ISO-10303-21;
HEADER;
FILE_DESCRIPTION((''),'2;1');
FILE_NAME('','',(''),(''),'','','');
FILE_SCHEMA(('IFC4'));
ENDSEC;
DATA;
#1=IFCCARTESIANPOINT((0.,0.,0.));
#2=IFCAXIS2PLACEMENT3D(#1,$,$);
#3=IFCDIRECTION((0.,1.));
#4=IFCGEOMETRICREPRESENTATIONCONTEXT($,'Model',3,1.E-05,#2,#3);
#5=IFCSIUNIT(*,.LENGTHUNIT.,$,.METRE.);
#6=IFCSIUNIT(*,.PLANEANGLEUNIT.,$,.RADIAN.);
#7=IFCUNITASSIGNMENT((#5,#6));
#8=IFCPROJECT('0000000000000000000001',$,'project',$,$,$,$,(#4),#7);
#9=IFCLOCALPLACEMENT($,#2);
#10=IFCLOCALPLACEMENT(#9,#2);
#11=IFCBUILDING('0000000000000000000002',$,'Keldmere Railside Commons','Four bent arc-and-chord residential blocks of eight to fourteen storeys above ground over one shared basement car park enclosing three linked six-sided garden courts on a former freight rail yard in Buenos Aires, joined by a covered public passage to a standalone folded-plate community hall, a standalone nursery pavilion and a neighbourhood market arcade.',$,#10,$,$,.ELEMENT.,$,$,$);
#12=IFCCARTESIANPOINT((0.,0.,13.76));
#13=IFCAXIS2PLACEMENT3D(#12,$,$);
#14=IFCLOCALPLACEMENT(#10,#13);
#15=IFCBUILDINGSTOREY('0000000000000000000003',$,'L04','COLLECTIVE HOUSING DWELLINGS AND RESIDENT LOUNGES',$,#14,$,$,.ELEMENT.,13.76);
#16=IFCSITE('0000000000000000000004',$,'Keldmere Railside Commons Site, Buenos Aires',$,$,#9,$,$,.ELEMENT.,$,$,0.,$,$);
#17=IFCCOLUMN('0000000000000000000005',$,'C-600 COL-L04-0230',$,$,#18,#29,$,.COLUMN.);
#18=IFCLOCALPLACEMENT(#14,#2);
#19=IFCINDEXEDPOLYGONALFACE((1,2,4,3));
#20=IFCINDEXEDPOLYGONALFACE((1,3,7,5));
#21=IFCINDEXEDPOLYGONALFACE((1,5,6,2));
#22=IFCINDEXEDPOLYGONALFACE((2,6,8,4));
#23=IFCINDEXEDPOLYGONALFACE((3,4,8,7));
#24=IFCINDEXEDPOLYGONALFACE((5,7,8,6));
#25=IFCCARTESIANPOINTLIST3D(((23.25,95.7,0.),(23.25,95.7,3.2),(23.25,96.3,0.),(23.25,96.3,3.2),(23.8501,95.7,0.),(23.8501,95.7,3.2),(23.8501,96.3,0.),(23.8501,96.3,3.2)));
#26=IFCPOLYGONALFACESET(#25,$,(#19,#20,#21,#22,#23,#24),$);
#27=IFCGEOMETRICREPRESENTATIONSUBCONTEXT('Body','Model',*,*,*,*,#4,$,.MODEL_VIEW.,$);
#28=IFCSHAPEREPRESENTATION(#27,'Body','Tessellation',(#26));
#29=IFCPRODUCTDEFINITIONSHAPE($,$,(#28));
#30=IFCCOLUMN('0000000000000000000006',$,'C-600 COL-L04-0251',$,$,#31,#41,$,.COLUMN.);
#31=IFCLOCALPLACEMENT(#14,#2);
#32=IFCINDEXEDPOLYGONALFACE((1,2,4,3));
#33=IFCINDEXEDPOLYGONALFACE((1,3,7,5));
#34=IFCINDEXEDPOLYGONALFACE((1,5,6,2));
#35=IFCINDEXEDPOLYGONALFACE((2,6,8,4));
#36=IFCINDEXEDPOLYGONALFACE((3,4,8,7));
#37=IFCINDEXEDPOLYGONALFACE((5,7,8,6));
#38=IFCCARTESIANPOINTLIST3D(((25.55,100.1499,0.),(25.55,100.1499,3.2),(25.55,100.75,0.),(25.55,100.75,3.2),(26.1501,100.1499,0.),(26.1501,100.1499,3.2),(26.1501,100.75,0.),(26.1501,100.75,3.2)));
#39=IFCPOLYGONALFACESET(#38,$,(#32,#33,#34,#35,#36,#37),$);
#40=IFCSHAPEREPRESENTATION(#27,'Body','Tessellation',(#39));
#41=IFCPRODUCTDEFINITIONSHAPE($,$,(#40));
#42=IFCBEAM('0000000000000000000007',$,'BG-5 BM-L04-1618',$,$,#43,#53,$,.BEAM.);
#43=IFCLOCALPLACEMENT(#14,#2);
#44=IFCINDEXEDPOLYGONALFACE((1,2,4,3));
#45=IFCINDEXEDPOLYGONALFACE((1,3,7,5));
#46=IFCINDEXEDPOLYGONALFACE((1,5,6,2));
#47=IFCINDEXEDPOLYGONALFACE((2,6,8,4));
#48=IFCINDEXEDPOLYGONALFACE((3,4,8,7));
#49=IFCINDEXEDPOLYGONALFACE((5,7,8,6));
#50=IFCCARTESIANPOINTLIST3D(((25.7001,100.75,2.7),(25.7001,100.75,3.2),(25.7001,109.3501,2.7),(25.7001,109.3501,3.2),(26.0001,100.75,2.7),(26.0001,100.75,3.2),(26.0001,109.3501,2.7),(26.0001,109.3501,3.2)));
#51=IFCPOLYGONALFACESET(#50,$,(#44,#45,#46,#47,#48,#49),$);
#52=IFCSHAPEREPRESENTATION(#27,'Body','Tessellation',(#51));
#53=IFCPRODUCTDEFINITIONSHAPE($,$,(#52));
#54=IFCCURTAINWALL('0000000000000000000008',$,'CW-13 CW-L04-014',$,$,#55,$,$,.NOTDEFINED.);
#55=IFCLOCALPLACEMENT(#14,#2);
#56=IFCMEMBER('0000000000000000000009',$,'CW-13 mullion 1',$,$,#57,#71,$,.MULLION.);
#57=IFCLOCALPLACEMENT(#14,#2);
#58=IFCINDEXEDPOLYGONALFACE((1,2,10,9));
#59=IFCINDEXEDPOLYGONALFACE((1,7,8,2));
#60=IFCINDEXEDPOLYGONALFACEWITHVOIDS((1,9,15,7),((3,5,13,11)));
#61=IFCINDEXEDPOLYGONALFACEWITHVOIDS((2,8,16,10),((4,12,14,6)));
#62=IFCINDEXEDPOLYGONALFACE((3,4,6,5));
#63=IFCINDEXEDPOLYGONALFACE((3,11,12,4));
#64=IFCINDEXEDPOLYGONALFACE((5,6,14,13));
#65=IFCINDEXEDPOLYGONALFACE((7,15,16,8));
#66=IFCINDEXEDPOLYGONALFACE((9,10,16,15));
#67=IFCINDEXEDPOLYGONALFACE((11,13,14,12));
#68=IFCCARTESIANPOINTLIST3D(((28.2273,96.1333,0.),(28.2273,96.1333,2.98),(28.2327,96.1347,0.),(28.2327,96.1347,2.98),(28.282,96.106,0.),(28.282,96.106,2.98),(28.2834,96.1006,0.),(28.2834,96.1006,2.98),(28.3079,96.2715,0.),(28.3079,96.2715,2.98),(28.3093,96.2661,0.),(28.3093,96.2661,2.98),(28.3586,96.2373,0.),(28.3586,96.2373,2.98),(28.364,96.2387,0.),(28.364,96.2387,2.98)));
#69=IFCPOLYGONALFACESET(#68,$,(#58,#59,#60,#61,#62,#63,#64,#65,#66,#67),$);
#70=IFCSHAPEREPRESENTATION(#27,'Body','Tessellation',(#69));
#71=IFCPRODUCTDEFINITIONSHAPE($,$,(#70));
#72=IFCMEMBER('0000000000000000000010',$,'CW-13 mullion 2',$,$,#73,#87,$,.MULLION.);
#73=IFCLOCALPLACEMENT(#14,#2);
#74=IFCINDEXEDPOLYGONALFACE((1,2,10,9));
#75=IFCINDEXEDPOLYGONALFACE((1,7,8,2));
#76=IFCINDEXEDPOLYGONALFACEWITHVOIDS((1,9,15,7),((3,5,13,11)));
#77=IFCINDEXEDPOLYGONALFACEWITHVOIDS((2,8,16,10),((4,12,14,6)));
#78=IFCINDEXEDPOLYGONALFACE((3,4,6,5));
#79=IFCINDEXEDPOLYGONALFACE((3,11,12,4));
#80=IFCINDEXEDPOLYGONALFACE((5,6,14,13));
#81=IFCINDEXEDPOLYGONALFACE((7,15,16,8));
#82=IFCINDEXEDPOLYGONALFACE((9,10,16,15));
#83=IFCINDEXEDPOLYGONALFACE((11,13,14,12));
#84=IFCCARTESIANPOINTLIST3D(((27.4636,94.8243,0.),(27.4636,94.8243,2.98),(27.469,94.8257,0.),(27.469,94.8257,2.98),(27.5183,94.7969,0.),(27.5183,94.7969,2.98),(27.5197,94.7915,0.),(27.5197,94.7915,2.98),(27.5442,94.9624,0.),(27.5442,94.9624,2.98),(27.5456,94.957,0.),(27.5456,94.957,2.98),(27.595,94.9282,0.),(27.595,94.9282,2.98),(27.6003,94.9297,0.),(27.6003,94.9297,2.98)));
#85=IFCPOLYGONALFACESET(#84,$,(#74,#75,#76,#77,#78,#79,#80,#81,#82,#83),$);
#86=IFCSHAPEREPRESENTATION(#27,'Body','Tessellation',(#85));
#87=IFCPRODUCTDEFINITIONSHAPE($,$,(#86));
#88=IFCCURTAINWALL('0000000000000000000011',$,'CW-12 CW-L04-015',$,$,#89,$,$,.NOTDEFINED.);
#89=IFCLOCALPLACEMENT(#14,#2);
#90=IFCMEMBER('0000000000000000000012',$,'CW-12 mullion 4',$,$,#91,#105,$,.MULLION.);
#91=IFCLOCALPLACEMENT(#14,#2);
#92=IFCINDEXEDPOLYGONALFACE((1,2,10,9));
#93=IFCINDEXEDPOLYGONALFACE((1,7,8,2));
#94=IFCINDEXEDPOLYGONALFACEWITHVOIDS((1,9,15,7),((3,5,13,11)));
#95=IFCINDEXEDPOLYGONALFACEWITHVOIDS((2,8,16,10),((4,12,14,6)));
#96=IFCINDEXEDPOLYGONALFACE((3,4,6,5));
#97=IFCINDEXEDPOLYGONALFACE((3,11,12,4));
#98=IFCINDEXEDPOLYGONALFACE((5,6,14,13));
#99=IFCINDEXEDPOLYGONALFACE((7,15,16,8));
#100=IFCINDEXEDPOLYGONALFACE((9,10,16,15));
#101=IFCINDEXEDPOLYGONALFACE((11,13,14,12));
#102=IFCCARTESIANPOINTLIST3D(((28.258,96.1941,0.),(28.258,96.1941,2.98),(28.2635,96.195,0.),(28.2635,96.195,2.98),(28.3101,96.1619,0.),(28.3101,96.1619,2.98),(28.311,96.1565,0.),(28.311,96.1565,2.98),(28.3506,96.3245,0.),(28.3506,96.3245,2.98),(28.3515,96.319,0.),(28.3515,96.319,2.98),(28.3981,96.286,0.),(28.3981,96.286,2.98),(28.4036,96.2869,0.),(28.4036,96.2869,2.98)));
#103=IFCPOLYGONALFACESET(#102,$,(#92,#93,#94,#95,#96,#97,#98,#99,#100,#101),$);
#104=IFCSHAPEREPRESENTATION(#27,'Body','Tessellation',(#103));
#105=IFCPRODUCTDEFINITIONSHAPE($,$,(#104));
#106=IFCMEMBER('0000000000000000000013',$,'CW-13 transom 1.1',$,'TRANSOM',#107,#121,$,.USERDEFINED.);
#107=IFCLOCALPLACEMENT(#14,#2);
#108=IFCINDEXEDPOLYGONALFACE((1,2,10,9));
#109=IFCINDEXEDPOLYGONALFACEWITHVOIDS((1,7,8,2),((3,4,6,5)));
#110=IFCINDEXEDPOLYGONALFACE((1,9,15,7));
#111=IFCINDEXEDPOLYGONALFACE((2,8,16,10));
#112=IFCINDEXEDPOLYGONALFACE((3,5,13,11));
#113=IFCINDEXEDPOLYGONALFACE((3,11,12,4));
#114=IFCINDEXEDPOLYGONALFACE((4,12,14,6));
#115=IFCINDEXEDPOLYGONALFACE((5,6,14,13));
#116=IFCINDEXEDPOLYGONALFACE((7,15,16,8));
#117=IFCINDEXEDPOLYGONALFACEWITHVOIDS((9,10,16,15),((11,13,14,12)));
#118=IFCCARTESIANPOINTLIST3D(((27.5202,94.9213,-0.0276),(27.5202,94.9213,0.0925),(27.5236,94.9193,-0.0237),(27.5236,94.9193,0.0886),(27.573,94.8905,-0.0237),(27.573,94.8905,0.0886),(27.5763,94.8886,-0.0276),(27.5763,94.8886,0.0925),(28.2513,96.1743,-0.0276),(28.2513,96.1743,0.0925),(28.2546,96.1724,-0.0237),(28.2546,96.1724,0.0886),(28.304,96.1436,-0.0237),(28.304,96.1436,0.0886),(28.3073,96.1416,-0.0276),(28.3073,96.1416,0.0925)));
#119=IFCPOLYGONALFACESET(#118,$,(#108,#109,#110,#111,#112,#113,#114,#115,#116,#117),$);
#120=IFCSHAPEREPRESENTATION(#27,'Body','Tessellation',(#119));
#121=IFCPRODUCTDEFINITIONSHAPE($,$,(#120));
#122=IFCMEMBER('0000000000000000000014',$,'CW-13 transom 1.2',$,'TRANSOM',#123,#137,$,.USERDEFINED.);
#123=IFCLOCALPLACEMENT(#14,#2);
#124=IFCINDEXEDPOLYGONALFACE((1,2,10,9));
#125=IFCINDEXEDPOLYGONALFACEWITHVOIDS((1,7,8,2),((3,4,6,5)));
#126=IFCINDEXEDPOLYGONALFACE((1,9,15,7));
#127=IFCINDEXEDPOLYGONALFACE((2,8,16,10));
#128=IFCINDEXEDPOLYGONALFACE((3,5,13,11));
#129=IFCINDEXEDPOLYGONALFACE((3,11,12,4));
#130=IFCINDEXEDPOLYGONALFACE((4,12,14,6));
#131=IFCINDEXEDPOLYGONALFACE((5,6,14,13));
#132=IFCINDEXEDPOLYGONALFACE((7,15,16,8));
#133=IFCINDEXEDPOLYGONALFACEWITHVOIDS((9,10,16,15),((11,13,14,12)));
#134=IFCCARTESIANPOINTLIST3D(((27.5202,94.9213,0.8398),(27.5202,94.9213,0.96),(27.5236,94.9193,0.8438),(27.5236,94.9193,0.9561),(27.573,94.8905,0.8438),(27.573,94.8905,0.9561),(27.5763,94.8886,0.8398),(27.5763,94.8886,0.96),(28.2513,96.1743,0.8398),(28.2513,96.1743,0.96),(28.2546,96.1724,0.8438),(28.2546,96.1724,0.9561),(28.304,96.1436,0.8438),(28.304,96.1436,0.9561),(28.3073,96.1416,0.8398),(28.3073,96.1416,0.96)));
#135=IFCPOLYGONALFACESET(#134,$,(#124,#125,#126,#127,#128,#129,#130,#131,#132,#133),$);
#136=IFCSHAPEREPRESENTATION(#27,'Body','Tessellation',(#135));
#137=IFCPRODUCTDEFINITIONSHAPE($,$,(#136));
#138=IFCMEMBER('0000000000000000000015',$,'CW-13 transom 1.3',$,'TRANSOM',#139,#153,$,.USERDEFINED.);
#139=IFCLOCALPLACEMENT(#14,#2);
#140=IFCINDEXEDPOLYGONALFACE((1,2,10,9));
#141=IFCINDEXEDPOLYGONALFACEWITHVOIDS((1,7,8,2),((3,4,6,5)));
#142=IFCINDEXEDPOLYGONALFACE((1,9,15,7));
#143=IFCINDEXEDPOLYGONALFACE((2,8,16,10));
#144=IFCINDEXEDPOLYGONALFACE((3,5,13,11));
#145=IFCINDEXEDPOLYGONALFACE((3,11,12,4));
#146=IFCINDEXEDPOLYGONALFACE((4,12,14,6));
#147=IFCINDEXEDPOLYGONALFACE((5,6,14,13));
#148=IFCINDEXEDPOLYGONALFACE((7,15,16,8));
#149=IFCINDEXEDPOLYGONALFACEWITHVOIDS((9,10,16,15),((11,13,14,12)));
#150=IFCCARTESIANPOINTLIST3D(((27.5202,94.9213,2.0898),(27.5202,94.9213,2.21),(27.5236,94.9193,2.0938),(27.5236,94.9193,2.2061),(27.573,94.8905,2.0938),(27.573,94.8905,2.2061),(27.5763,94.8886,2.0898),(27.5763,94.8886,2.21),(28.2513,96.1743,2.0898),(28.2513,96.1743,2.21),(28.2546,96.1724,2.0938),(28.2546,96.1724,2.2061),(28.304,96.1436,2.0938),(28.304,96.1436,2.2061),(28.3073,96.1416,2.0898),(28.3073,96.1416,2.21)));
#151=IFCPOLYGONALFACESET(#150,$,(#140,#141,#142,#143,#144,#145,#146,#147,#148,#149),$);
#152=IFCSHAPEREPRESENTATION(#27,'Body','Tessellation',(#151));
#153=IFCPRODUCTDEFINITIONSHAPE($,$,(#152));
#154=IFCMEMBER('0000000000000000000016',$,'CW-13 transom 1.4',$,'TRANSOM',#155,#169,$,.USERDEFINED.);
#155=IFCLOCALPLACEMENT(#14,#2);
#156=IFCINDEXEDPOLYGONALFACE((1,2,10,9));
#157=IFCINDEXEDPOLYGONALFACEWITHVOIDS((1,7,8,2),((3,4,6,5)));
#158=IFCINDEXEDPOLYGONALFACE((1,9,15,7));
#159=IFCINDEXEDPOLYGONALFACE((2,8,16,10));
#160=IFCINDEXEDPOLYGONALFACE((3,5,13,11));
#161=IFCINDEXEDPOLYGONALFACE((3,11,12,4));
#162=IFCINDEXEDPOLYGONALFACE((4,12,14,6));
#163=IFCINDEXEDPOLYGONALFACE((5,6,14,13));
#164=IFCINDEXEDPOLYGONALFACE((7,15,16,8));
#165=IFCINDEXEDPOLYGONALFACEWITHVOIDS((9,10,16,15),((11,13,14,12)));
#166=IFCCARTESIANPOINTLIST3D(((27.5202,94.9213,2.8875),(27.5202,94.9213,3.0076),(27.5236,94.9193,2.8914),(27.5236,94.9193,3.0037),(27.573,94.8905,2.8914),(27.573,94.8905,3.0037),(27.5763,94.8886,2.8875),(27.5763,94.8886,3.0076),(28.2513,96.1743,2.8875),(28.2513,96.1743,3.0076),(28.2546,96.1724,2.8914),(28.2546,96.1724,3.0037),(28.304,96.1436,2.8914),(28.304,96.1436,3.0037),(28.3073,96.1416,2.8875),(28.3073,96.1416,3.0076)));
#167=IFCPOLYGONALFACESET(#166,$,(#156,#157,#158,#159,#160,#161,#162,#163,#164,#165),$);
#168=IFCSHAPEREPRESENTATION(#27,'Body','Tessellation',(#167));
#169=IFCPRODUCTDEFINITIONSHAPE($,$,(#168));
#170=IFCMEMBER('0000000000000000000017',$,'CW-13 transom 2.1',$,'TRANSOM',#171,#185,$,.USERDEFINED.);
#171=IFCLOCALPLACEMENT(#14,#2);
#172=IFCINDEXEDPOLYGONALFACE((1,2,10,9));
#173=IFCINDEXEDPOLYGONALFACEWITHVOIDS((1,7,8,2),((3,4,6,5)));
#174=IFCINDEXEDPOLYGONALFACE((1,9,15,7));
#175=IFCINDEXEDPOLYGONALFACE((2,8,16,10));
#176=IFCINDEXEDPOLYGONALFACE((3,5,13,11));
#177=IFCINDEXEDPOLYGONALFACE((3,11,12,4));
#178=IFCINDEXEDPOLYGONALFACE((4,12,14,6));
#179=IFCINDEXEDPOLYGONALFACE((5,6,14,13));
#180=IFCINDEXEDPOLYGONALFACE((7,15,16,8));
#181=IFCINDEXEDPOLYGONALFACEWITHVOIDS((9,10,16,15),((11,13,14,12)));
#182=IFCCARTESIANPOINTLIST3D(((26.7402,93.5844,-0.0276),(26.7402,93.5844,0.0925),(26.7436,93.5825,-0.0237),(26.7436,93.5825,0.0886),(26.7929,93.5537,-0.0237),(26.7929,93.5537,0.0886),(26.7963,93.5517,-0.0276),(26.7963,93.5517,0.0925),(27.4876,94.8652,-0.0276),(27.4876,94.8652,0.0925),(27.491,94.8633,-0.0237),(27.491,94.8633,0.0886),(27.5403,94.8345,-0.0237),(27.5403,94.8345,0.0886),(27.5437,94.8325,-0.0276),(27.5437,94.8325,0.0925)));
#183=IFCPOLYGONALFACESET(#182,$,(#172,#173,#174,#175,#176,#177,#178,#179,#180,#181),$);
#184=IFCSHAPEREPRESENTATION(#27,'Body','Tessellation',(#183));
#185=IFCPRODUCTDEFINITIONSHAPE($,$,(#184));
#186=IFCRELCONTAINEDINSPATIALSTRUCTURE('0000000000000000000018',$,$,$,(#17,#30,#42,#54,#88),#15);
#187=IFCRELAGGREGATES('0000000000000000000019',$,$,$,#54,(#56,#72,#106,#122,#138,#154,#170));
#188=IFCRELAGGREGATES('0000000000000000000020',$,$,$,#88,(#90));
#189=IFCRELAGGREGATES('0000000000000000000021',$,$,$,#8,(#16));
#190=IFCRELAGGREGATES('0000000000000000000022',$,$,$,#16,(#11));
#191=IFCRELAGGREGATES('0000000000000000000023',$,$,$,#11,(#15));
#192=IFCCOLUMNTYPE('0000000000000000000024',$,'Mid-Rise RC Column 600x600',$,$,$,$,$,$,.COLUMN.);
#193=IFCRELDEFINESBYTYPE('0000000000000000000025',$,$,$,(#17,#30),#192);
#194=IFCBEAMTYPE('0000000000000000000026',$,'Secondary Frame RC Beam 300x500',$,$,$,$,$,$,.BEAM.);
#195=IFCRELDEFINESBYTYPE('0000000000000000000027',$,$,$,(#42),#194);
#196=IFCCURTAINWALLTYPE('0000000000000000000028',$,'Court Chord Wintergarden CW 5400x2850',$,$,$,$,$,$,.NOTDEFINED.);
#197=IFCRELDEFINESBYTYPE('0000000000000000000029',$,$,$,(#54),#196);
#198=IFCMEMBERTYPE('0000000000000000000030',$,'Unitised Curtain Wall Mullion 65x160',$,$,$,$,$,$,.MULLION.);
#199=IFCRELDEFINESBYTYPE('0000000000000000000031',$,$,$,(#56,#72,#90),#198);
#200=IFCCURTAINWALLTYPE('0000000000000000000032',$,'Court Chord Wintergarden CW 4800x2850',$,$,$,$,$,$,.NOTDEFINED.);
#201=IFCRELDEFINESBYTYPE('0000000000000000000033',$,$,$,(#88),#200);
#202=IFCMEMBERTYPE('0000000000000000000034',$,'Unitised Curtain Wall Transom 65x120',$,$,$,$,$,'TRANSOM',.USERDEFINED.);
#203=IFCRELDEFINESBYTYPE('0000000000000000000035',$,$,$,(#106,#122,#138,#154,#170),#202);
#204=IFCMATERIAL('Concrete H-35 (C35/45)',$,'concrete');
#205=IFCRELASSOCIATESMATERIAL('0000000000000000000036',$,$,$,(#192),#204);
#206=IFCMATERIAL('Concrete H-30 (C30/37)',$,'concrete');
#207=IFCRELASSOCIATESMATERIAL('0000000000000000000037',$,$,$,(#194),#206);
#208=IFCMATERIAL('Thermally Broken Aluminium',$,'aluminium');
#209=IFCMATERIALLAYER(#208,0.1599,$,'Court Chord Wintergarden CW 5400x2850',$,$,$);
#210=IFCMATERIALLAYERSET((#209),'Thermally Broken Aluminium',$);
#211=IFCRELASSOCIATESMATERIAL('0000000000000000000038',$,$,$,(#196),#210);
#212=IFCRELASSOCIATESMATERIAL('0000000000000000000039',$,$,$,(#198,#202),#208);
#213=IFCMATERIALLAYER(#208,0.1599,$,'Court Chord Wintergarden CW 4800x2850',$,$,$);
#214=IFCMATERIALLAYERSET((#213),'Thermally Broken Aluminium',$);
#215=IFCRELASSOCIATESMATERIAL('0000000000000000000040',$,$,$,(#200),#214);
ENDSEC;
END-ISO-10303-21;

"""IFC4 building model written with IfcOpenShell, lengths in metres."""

from ifc_helpers import new_model, si_unit, direction, frame, origin, origin_2d, place, context, subcontext, project, spatial, rectangle, hollow_rectangle, extrude, material, layer, layer_set, material_profile, profile_set, type_object, element, aggregate, save


model = new_model("IFC4")

# Units and contexts
model_context = context("Model", 3, precision=1e-05, world=origin(), true_north=direction((0.0, 1.0)))
body_context = subcontext(model_context, "Body", "Model", "MODEL_VIEW")
ifc_project = project(units=[si_unit("LENGTHUNIT", "METRE"), si_unit("PLANEANGLEUNIT", "RADIAN")], contexts=[model_context])

# Site, building, storey
site_placement = place(None, origin())
site = spatial("IfcSite", under=ifc_project, at=site_placement, Name="Keldmere Railside Commons Site, Buenos Aires", CompositionType="ELEMENT", RefElevation=0.0)
building_placement = place(site_placement, origin())
building = spatial("IfcBuilding", under=site, at=building_placement, Name="Keldmere Railside Commons", Description="Four bent arc-and-chord residential blocks of eight to fourteen storeys above ground over one shared basement car park enclosing three linked six-sided garden courts on a former freight rail yard in Buenos Aires, joined by a covered public passage to a standalone folded-plate community hall, a standalone nursery pavilion and a neighbourhood market arcade.", CompositionType="ELEMENT")
storey_placement = place(building_placement, frame((0.0, 0.0, 13.76)))
storey = spatial("IfcBuildingStorey", under=building, at=storey_placement, Name="L04", Description="COLLECTIVE HOUSING DWELLINGS AND RESIDENT LOUNGES", CompositionType="ELEMENT", Elevation=13.76)

# Columns
ifc_material_1 = material(Name="Concrete H-35 (C35/45)", Category="concrete")
ifc_material_profile_1 = material_profile(ifc_material_1, rectangle(XDim=0.6001, YDim=0.6001, at=origin_2d()), Name="RC-600x600")
ifc_profile_set_1 = profile_set([ifc_material_profile_1], Name="Concrete H-35 (C35/45)")
column_type = type_object("IfcColumnType", Name="Mid-Rise RC Column 600x600", PredefinedType="COLUMN", material=ifc_profile_set_1)
for number, where, z_axis, x_axis, name in (
    (1, (23.55, 96.0, 0.0), (0.0, 0.0, 1.0), (1.0, 0.0, 0.0), "C-600 COL-L04-0230"),
    (2, (25.8501, 100.45, 0.0), (0.0, 0.0, 1.0), (1.0, 0.0, 0.0), "C-600 COL-L04-0251"),
):
    element("IfcColumn", number, at=place(storey_placement, frame(where, z_axis=z_axis, x_axis=x_axis)), inside=storey, type_object=column_type, Name=name, PredefinedType="COLUMN", context=body_context, shape_type="SweptSolid", body=[
        extrude(rectangle(XDim=0.6001, YDim=0.6001, at=origin_2d()), origin(), (0.0, 0.0, 1.0), 3.2),
    ])

# Beam
ifc_material_2 = material(Name="Concrete H-30 (C30/37)", Category="concrete")
ifc_material_profile_2 = material_profile(ifc_material_2, rectangle(XDim=0.3, YDim=0.5, at=origin_2d()), Name="RC-300x500")
ifc_profile_set_2 = profile_set([ifc_material_profile_2], Name="Concrete H-30 (C30/37)")
beam_type = type_object("IfcBeamType", Name="Secondary Frame RC Beam 300x500", PredefinedType="BEAM", material=ifc_profile_set_2)
beam_placement = place(storey_placement, frame((25.8501, 100.75, 2.95), z_axis=(0.0, 1.0, 0.0), x_axis=(-1.0, 0.0, 0.0)))
element("IfcBeam", 3, at=beam_placement, inside=storey, type_object=beam_type, Name="BG-5 BM-L04-1618", PredefinedType="BEAM", context=body_context, shape_type="SweptSolid", body=[
    extrude(rectangle(XDim=0.3, YDim=0.5, at=origin_2d()), origin(), (0.0, 0.0, 1.0), 8.6001),
])

# Curtain wall, members
ifc_material_3 = material(Name="Thermally Broken Aluminium", Category="aluminium")
ifc_layer_1 = layer(ifc_material_3, 0.1599, Name="Court Chord Wintergarden CW 5400x2850")
ifc_layer_set_1 = layer_set([ifc_layer_1], Name="Thermally Broken Aluminium")
curtain_wall_type_1 = type_object("IfcCurtainWallType", Name="Court Chord Wintergarden CW 5400x2850", PredefinedType="NOTDEFINED", material=ifc_layer_set_1)
curtain_wall_1_placement = place(storey_placement, origin())
curtain_wall_1 = element("IfcCurtainWall", 4, at=curtain_wall_1_placement, inside=storey, type_object=curtain_wall_type_1, Name="CW-13 CW-L04-014", PredefinedType="NOTDEFINED")
ifc_material_profile_3 = material_profile(ifc_material_3, hollow_rectangle(XDim=0.0649, YDim=0.1599, WallThickness=0.0039, at=origin_2d()), Name="ALU-MULL-65x160")
ifc_profile_set_3 = profile_set([ifc_material_profile_3], Name="Thermally Broken Aluminium")
member_type_1 = type_object("IfcMemberType", Name="Unitised Curtain Wall Mullion 65x160", PredefinedType="MULLION", material=ifc_profile_set_3)
member_1_placement = place(storey_placement, frame((28.2957, 96.186, 0.0), z_axis=(0.0, 0.0, 1.0), x_axis=(0.863755, -0.503911, 0.0)))
member_1 = element("IfcMember", 5, at=member_1_placement, type_object=member_type_1, Name="CW-13 mullion 1", PredefinedType="MULLION", context=body_context, shape_type="SweptSolid", body=[
    extrude(hollow_rectangle(XDim=0.0649, YDim=0.1599, WallThickness=0.0039, at=origin_2d()), origin(), (0.0, 0.0, 1.0), 2.98),
])
member_2_placement = place(storey_placement, frame((27.532, 94.877, 0.0), z_axis=(0.0, 0.0, 1.0), x_axis=(0.863755, -0.503911, 0.0)))
member_2 = element("IfcMember", 6, at=member_2_placement, type_object=member_type_1, Name="CW-13 mullion 2", PredefinedType="MULLION", context=body_context, shape_type="SweptSolid", body=[
    extrude(hollow_rectangle(XDim=0.0649, YDim=0.1599, WallThickness=0.0039, at=origin_2d()), origin(), (0.0, 0.0, 1.0), 2.98),
])

# Curtain wall, member
ifc_layer_2 = layer(ifc_material_3, 0.1599, Name="Court Chord Wintergarden CW 4800x2850")
ifc_layer_set_2 = layer_set([ifc_layer_2], Name="Thermally Broken Aluminium")
curtain_wall_type_2 = type_object("IfcCurtainWallType", Name="Court Chord Wintergarden CW 4800x2850", PredefinedType="NOTDEFINED", material=ifc_layer_set_2)
curtain_wall_2_placement = place(storey_placement, origin())
curtain_wall_2 = element("IfcCurtainWall", 7, at=curtain_wall_2_placement, inside=storey, type_object=curtain_wall_type_2, Name="CW-12 CW-L04-015", PredefinedType="NOTDEFINED")
member_3_placement = place(storey_placement, frame((28.3308, 96.2405, 0.0), z_axis=(0.0, 0.0, 1.0), x_axis=(0.815389, -0.578913, 0.0)))
member_3 = element("IfcMember", 8, at=member_3_placement, type_object=member_type_1, Name="CW-12 mullion 4", PredefinedType="MULLION", context=body_context, shape_type="SweptSolid", body=[
    extrude(hollow_rectangle(XDim=0.0649, YDim=0.1599, WallThickness=0.0039, at=origin_2d()), origin(), (0.0, 0.0, 1.0), 2.98),
])

# Members
ifc_material_profile_4 = material_profile(ifc_material_3, hollow_rectangle(XDim=0.0649, YDim=0.1201, WallThickness=0.0039, at=origin_2d()), Name="ALU-TRAN-65x120")
ifc_profile_set_4 = profile_set([ifc_material_profile_4], Name="Thermally Broken Aluminium")
member_type_2 = type_object("IfcMemberType", Name="Unitised Curtain Wall Transom 65x120", ElementType="TRANSOM", PredefinedType="USERDEFINED", material=ifc_profile_set_4)
member_4_placement = place(storey_placement, frame((28.2793, 96.158, 0.0325), z_axis=(-0.503913, -0.863754, 0.0), x_axis=(0.863754, -0.503913, 0.0)))
member_4 = element("IfcMember", 9, at=member_4_placement, type_object=member_type_2, Name="CW-13 transom 1.1", ObjectType="TRANSOM", PredefinedType="USERDEFINED", context=body_context, shape_type="SweptSolid", body=[
    extrude(hollow_rectangle(XDim=0.0649, YDim=0.1201, WallThickness=0.0039, at=origin_2d()), origin(), (0.0, 0.0, 1.0), 1.4507),
])
member_5_placement = place(storey_placement, frame((28.2793, 96.158, 0.8999), z_axis=(-0.503913, -0.863754, 0.0), x_axis=(0.863754, -0.503913, 0.0)))
member_5 = element("IfcMember", 10, at=member_5_placement, type_object=member_type_2, Name="CW-13 transom 1.2", ObjectType="TRANSOM", PredefinedType="USERDEFINED", context=body_context, shape_type="SweptSolid", body=[
    extrude(hollow_rectangle(XDim=0.0649, YDim=0.1201, WallThickness=0.0039, at=origin_2d()), origin(), (0.0, 0.0, 1.0), 1.4507),
])
member_6_placement = place(storey_placement, frame((28.2793, 96.158, 2.1499), z_axis=(-0.503913, -0.863754, 0.0), x_axis=(0.863754, -0.503913, 0.0)))
member_6 = element("IfcMember", 11, at=member_6_placement, type_object=member_type_2, Name="CW-13 transom 1.3", ObjectType="TRANSOM", PredefinedType="USERDEFINED", context=body_context, shape_type="SweptSolid", body=[
    extrude(hollow_rectangle(XDim=0.0649, YDim=0.1201, WallThickness=0.0039, at=origin_2d()), origin(), (0.0, 0.0, 1.0), 1.4507),
])
member_7_placement = place(storey_placement, frame((28.2793, 96.158, 2.9475), z_axis=(-0.503913, -0.863754, 0.0), x_axis=(0.863754, -0.503913, 0.0)))
member_7 = element("IfcMember", 12, at=member_7_placement, type_object=member_type_2, Name="CW-13 transom 1.4", ObjectType="TRANSOM", PredefinedType="USERDEFINED", context=body_context, shape_type="SweptSolid", body=[
    extrude(hollow_rectangle(XDim=0.0649, YDim=0.1201, WallThickness=0.0039, at=origin_2d()), origin(), (0.0, 0.0, 1.0), 1.4507),
])
member_8_placement = place(storey_placement, frame((27.5156, 94.8489, 0.0325), z_axis=(-0.503973, -0.863719, 0.0), x_axis=(0.863719, -0.503973, 0.0)))
member_8 = element("IfcMember", 13, at=member_8_placement, type_object=member_type_2, Name="CW-13 transom 2.1", ObjectType="TRANSOM", PredefinedType="USERDEFINED", context=body_context, shape_type="SweptSolid", body=[
    extrude(hollow_rectangle(XDim=0.0649, YDim=0.1201, WallThickness=0.0039, at=origin_2d()), origin(), (0.0, 0.0, 1.0), 1.4829),
])

aggregate(curtain_wall_1, [member_1, member_2, member_4, member_5, member_6, member_7, member_8])
aggregate(curtain_wall_2, [member_3])

save(model, "model.ifc")
